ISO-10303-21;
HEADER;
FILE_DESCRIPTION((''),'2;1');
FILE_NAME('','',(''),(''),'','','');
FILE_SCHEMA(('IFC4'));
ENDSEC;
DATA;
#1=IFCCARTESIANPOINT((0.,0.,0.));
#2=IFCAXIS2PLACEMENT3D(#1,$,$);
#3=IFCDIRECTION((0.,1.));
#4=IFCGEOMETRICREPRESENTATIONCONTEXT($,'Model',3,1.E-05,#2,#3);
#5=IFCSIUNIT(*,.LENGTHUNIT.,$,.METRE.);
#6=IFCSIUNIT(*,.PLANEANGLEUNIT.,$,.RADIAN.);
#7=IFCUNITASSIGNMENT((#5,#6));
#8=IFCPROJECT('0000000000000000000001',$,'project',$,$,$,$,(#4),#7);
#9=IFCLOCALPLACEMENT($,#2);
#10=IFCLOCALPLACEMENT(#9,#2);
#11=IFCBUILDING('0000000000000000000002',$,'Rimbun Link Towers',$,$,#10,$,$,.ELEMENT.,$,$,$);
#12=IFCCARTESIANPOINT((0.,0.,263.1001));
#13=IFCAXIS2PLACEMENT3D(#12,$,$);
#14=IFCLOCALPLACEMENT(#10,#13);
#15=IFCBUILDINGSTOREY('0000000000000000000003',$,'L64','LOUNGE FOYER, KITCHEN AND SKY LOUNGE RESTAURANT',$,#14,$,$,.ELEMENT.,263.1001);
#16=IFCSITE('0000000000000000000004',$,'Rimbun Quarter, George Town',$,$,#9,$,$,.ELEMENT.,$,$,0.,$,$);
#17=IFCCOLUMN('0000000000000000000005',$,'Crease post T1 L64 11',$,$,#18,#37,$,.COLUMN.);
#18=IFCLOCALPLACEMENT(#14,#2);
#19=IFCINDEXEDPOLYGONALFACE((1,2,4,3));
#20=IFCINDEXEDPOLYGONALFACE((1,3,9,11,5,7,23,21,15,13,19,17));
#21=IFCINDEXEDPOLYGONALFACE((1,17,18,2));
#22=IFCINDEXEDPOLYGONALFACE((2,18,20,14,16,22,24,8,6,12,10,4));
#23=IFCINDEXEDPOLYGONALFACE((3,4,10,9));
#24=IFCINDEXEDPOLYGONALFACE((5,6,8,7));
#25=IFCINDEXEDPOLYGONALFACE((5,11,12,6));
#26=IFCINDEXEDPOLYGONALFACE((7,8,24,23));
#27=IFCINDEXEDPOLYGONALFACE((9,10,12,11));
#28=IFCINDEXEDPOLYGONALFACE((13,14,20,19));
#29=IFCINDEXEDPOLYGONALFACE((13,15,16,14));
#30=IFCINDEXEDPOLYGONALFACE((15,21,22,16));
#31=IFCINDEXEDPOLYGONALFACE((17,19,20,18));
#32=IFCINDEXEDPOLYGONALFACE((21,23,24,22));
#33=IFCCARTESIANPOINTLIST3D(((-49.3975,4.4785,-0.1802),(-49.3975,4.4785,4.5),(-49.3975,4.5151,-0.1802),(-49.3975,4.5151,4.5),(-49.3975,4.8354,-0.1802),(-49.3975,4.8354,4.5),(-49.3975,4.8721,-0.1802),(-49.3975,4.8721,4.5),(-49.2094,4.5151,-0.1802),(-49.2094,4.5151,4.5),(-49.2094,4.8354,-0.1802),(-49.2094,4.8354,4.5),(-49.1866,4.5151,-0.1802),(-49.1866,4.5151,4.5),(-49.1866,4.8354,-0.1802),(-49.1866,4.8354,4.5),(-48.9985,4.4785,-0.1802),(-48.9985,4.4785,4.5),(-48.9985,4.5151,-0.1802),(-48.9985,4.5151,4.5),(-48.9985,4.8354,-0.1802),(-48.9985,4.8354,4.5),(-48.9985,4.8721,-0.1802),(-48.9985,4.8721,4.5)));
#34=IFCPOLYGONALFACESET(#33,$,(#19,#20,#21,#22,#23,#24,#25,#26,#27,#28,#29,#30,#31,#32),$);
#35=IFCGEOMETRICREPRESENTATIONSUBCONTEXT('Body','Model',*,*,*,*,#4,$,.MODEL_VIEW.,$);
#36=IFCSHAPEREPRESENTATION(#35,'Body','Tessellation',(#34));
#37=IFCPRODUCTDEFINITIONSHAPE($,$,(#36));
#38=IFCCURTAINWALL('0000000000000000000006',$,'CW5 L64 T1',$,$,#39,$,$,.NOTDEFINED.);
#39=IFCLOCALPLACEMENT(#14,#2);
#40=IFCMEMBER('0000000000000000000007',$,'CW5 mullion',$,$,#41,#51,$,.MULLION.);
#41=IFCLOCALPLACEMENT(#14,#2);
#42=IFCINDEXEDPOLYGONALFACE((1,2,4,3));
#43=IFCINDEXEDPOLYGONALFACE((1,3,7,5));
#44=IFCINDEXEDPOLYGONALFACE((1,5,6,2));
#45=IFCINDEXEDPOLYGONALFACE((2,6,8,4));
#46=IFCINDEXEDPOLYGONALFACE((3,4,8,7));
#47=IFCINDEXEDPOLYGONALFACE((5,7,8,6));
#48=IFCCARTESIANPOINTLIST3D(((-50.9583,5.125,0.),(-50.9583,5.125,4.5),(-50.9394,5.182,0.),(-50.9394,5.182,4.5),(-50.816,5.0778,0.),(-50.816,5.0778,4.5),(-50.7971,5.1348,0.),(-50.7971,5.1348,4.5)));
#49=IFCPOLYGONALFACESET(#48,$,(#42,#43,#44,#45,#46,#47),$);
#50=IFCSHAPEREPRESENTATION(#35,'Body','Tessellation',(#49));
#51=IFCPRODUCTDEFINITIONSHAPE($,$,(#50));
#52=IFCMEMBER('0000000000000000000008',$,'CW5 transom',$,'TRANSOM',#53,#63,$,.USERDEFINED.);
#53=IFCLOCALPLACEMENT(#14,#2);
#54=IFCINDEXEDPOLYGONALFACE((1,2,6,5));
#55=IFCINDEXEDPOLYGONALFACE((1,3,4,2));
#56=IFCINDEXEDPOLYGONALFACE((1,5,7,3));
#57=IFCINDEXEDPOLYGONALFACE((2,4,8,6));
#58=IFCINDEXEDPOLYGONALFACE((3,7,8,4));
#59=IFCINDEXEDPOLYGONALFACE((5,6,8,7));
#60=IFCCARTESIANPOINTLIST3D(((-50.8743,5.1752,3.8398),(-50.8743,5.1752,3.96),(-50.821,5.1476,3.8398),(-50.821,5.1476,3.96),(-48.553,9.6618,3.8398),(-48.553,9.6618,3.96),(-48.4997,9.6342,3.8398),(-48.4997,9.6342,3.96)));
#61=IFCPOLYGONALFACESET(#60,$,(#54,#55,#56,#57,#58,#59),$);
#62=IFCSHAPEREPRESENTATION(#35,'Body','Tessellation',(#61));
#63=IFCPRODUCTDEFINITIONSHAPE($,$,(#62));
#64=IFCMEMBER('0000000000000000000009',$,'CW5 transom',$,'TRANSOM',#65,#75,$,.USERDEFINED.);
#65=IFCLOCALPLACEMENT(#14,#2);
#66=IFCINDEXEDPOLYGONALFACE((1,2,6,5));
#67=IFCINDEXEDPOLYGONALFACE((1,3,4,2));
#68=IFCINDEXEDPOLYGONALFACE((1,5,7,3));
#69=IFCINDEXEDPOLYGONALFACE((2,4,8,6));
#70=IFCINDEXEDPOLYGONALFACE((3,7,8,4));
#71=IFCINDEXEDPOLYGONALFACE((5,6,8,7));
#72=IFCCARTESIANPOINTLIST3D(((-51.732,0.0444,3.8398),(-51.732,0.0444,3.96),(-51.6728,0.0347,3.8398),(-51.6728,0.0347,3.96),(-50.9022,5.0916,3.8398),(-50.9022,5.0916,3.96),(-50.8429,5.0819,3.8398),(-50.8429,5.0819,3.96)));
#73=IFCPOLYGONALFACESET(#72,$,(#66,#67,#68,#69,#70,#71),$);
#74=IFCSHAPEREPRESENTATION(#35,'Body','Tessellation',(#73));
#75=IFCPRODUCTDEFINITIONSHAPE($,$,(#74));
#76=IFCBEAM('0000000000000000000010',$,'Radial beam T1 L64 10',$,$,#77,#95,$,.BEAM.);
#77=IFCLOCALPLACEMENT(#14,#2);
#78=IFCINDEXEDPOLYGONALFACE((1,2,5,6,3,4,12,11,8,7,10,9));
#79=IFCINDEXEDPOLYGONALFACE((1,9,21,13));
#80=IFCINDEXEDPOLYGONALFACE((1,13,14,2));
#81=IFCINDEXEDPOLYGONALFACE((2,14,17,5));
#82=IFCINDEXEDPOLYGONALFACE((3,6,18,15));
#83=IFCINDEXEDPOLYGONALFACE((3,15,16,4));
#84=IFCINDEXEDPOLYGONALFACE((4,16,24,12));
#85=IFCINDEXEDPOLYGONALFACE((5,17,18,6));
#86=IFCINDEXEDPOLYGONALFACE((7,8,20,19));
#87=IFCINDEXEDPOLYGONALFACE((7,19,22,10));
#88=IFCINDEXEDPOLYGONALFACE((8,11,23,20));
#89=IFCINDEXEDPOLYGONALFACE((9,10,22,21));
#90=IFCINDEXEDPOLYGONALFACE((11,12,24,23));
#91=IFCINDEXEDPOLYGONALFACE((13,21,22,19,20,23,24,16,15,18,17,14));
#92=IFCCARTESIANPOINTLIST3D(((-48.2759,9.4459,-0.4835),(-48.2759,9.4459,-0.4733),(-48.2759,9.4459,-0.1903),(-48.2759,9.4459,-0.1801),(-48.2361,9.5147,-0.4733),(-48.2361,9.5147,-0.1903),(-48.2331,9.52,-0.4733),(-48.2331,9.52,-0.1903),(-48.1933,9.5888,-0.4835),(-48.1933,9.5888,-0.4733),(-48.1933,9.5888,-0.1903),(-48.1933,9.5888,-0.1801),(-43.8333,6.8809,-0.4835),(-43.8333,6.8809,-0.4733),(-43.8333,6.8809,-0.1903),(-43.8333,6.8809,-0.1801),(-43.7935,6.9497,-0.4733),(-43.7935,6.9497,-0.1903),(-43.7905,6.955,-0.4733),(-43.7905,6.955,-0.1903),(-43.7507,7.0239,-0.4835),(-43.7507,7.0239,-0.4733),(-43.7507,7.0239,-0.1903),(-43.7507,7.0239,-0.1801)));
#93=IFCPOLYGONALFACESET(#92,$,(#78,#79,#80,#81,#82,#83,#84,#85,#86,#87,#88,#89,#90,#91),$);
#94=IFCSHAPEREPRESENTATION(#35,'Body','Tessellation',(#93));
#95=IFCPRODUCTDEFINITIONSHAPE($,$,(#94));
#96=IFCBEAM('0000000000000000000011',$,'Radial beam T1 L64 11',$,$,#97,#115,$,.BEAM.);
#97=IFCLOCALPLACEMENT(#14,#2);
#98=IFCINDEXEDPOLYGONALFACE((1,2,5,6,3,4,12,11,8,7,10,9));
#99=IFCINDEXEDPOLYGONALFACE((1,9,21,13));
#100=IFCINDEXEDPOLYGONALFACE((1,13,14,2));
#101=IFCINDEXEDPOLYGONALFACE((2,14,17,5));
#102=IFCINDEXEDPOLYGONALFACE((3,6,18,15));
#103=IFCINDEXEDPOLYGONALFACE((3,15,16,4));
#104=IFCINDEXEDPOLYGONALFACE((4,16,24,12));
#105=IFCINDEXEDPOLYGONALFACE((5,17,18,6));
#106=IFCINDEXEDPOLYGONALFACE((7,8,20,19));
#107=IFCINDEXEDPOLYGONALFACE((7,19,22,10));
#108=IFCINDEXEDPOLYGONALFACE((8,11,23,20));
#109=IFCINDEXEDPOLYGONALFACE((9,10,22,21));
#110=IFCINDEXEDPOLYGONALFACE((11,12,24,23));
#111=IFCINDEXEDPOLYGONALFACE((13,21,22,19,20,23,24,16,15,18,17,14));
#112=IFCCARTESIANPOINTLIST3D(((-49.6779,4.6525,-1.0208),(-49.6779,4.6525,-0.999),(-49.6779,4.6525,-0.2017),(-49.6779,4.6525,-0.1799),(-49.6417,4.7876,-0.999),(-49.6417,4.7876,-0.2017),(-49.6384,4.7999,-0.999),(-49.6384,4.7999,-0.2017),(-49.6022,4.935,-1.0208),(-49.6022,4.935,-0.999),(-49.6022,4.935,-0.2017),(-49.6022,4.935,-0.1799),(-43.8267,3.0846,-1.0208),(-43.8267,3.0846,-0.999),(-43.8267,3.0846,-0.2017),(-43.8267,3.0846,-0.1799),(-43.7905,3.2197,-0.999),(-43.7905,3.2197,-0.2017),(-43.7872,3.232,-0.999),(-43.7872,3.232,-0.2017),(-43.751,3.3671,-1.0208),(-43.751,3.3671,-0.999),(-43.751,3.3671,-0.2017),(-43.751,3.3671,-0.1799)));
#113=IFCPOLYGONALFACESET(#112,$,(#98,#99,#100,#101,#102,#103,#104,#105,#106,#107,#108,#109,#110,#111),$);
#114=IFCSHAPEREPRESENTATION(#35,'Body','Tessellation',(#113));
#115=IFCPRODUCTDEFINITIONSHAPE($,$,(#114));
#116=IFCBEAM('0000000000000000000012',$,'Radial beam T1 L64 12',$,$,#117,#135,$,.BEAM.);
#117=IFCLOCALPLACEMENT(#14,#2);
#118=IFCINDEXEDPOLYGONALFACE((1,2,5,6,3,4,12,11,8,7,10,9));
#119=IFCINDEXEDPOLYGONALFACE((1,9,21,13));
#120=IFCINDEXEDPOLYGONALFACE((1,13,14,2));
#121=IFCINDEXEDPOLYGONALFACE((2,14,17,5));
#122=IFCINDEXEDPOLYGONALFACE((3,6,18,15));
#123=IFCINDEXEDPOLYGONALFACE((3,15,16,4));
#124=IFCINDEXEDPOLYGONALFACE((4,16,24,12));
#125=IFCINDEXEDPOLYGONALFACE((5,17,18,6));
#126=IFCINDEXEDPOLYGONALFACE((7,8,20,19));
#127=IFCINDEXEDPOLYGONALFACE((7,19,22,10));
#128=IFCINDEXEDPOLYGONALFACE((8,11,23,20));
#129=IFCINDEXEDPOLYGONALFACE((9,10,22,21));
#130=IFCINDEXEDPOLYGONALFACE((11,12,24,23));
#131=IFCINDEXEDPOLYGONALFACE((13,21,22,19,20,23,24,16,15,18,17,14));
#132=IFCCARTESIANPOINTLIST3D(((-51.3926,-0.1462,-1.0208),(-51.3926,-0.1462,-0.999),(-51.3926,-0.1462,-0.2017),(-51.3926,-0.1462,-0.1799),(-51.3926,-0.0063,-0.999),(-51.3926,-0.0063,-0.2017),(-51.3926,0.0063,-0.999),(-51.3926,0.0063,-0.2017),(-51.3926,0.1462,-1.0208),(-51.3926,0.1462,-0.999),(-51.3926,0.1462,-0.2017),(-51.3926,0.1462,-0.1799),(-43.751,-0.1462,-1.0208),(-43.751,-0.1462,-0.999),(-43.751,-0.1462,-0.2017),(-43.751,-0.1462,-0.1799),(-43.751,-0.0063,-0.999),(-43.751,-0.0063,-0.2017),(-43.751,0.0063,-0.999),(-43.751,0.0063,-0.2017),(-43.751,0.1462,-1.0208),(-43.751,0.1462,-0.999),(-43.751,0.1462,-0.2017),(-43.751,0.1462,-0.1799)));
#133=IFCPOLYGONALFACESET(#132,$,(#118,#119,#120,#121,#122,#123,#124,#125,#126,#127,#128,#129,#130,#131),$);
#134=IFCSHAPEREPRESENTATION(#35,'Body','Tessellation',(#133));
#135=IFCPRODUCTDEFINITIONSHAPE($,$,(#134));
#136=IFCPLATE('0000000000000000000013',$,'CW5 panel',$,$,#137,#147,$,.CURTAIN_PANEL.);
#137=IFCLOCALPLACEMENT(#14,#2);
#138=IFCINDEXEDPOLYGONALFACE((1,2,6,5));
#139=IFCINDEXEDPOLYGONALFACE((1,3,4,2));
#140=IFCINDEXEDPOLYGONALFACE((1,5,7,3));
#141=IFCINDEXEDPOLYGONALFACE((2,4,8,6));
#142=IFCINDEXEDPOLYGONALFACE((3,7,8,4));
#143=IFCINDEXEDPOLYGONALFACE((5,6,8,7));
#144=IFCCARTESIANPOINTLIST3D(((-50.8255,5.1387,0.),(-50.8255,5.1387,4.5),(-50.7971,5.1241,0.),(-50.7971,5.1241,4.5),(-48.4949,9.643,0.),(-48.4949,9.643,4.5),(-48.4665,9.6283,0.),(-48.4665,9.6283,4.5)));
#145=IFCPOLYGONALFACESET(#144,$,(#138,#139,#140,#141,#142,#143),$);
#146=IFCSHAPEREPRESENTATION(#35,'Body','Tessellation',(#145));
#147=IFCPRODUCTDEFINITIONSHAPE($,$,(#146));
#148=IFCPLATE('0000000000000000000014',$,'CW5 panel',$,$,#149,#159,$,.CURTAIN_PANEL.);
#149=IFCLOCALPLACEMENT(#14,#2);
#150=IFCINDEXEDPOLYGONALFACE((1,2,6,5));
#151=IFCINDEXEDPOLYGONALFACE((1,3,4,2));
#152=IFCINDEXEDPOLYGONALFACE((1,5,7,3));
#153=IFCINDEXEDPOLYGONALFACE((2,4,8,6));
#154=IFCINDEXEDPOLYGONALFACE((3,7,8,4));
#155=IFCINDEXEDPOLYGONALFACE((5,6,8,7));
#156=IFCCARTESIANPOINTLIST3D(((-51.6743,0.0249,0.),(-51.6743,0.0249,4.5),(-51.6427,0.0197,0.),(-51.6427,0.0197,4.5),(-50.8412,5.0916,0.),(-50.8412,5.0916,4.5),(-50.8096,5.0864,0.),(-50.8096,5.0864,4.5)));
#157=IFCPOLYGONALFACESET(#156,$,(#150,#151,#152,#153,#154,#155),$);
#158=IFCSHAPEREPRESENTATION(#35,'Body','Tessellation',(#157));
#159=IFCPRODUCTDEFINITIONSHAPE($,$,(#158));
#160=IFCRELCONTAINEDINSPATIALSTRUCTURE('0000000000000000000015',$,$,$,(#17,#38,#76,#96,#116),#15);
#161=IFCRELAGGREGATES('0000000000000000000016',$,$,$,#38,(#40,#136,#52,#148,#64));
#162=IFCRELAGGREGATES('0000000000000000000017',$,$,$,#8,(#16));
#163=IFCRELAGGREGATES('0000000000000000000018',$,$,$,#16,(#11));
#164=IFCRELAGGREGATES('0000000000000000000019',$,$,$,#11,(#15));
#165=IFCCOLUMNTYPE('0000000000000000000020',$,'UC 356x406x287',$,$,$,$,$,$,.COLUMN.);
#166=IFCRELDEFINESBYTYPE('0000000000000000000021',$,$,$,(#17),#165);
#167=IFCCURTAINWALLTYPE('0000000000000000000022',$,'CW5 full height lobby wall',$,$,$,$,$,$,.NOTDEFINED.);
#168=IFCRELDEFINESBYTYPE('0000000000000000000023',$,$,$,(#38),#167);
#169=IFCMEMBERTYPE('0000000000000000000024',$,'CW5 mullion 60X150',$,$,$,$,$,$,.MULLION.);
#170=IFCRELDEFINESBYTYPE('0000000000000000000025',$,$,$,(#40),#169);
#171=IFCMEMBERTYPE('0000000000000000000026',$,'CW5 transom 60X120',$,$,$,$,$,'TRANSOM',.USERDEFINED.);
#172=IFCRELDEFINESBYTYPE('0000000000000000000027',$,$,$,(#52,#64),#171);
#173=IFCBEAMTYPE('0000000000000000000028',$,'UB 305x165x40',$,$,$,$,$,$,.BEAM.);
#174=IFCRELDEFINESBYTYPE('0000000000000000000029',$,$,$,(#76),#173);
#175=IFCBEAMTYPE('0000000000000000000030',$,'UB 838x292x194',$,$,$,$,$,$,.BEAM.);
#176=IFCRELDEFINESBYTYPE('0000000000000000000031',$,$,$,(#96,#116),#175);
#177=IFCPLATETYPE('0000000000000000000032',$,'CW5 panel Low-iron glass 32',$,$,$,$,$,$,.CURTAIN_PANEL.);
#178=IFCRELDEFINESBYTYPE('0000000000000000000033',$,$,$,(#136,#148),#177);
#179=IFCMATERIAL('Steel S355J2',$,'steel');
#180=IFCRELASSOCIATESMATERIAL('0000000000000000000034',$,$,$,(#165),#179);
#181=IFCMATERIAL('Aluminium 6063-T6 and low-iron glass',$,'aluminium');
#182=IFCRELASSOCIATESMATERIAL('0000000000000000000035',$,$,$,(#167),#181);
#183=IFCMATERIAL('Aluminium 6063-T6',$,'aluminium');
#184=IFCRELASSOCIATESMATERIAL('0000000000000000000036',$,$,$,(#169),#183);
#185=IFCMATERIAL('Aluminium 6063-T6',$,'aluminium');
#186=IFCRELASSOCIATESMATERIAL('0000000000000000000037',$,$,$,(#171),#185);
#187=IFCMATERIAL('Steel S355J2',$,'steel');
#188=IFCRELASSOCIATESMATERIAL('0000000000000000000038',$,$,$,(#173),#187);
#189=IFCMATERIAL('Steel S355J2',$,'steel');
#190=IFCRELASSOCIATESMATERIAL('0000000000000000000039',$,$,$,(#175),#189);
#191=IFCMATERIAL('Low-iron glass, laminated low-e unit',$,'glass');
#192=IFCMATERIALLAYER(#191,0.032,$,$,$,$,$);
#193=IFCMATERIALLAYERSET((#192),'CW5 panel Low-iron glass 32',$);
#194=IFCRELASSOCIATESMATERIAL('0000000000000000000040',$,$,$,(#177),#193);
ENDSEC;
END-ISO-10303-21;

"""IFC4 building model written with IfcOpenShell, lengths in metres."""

from ifc_helpers import new_model, si_unit, direction, frame, origin, origin_2d, place, context, subcontext, project, spatial, rectangle, i_section, extrude, material, layer, layer_set, material_profile, profile_set, type_object, element, aggregate, save


model = new_model("IFC4")

# Units and contexts
model_context = context("Model", 3, precision=1e-05, world=origin(), true_north=direction((0.0, 1.0)))
body_context = subcontext(model_context, "Body", "Model", "MODEL_VIEW")
ifc_project = project(units=[si_unit("LENGTHUNIT", "METRE"), si_unit("PLANEANGLEUNIT", "RADIAN")], contexts=[model_context])

# Site, building, storey
site_placement = place(None, origin())
site = spatial("IfcSite", under=ifc_project, at=site_placement, Name="Rimbun Quarter, George Town", CompositionType="ELEMENT", RefElevation=0.0)
building_placement = place(site_placement, origin())
building = spatial("IfcBuilding", under=site, at=building_placement, Name="Rimbun Link Towers", CompositionType="ELEMENT")
storey_placement = place(building_placement, frame((0.0, 0.0, 263.1001)))
storey = spatial("IfcBuildingStorey", under=building, at=storey_placement, Name="L64", Description="LOUNGE FOYER, KITCHEN AND SKY LOUNGE RESTAURANT", CompositionType="ELEMENT", Elevation=263.1001)

# Column
ifc_material_1 = material(Name="Steel S355J2", Category="steel")
ifc_material_profile_1 = material_profile(ifc_material_1, i_section(OverallWidth=0.3989, OverallDepth=0.3936, WebThickness=0.0227, FlangeThickness=0.0366, at=origin_2d()), Name="UC 356x406x287")
ifc_profile_set_1 = profile_set([ifc_material_profile_1], Name="Steel S355J2")
column_type = type_object("IfcColumnType", Name="UC 356x406x287", PredefinedType="COLUMN", material=ifc_profile_set_1)
column_placement = place(storey_placement, frame((-49.198, 4.6753, -0.1802), z_axis=(0.0, 0.0, 1.0), x_axis=(1.0, 0.0, 0.0)))
element("IfcColumn", 1, at=column_placement, inside=storey, type_object=column_type, Name="Crease post T1 L64 11", PredefinedType="COLUMN", context=body_context, shape_type="SweptSolid", body=[
    extrude(i_section(OverallWidth=0.3989, OverallDepth=0.3936, WebThickness=0.0227, FlangeThickness=0.0366, at=origin_2d()), origin(), (0.0, 0.0, 1.0), 4.6802),
])

# Curtain wall, members
ifc_material_2 = material(Name="Aluminium 6063-T6 and low-iron glass", Category="aluminium")
curtain_wall_type = type_object("IfcCurtainWallType", Name="CW5 full height lobby wall", PredefinedType="NOTDEFINED", material=ifc_material_2)
curtain_wall_placement = place(storey_placement, origin())
curtain_wall = element("IfcCurtainWall", 2, at=curtain_wall_placement, inside=storey, type_object=curtain_wall_type, Name="CW5 L64 T1", PredefinedType="NOTDEFINED")
ifc_material_3 = material(Name="Aluminium 6063-T6", Category="aluminium")
ifc_material_profile_2 = material_profile(ifc_material_3, rectangle(XDim=0.1499, YDim=0.0601, at=origin_2d()), Name="MULLION 60X150")
ifc_profile_set_2 = profile_set([ifc_material_profile_2], Name="Aluminium 6063-T6")
member_type_1 = type_object("IfcMemberType", Name="CW5 mullion 60X150", PredefinedType="MULLION", material=ifc_profile_set_2)
member_1_placement = place(storey_placement, frame((-50.8777, 5.1299, 0.0), z_axis=(0.0, 0.0, 1.0), x_axis=(-0.949163, 0.314784, 0.0)))
member_1 = element("IfcMember", 3, at=member_1_placement, type_object=member_type_1, Name="CW5 mullion", PredefinedType="MULLION", context=body_context, shape_type="SweptSolid", body=[
    extrude(rectangle(XDim=0.1499, YDim=0.0601, at=origin_2d()), origin(), (0.0, 0.0, 1.0), 4.5),
])
ifc_material_4 = material(Name="Aluminium 6063-T6", Category="aluminium")
ifc_material_profile_3 = material_profile(ifc_material_4, rectangle(XDim=0.0601, YDim=0.1201, at=origin_2d()), Name="TRANSOM 60X120")
ifc_profile_set_3 = profile_set([ifc_material_profile_3], Name="Aluminium 6063-T6")
member_type_2 = type_object("IfcMemberType", Name="CW5 transom 60X120", ElementType="TRANSOM", PredefinedType="USERDEFINED", material=ifc_profile_set_3)
member_2_placement = place(storey_placement, frame((-50.8477, 5.1614, 3.8999), z_axis=(0.459524, 0.888165, 0.0), x_axis=(-0.888165, 0.459524, 0.0)))
member_2 = element("IfcMember", 4, at=member_2_placement, type_object=member_type_2, Name="CW5 transom", ObjectType="TRANSOM", PredefinedType="USERDEFINED", context=body_context, shape_type="SweptSolid", body=[
    extrude(rectangle(XDim=0.0601, YDim=0.1201, at=origin_2d()), origin(), (0.0, 0.0, 1.0), 5.0515),
])
member_3_placement = place(storey_placement, frame((-51.7024, 0.0396, 3.8999), z_axis=(0.162239, 0.986751, 0.0), x_axis=(-0.986751, 0.162239, 0.0)))
member_3 = element("IfcMember", 5, at=member_3_placement, type_object=member_type_2, Name="CW5 transom", ObjectType="TRANSOM", PredefinedType="USERDEFINED", context=body_context, shape_type="SweptSolid", body=[
    extrude(rectangle(XDim=0.0601, YDim=0.1201, at=origin_2d()), origin(), (0.0, 0.0, 1.0), 5.115),
])

# Beams
ifc_material_5 = material(Name="Steel S355J2", Category="steel")
ifc_material_profile_4 = material_profile(ifc_material_5, i_section(OverallWidth=0.165, OverallDepth=0.3035, WebThickness=0.0061, FlangeThickness=0.0103, at=origin_2d()), Name="UB 305x165x40")
ifc_profile_set_4 = profile_set([ifc_material_profile_4], Name="Steel S355J2")
beam_type_1 = type_object("IfcBeamType", Name="UB 305x165x40", PredefinedType="BEAM", material=ifc_profile_set_4)
beam_1_placement = place(storey_placement, frame((-43.792, 6.9524, -0.3318), z_axis=(-0.866026, 0.499998, 0.0), x_axis=(-0.499998, -0.866026, 0.0)))
element("IfcBeam", 6, at=beam_1_placement, inside=storey, type_object=beam_type_1, Name="Radial beam T1 L64 10", PredefinedType="BEAM", context=body_context, shape_type="SweptSolid", body=[
    extrude(i_section(OverallWidth=0.165, OverallDepth=0.3035, WebThickness=0.0061, FlangeThickness=0.0103, at=origin_2d()), origin(), (0.0, 0.0, 1.0), 5.1299),
])
ifc_material_6 = material(Name="Steel S355J2", Category="steel")
ifc_material_profile_5 = material_profile(ifc_material_6, i_section(OverallWidth=0.2925, OverallDepth=0.8408, WebThickness=0.0127, FlangeThickness=0.0217, at=origin_2d()), Name="UB 838x292x194")
ifc_profile_set_5 = profile_set([ifc_material_profile_5], Name="Steel S355J2")
beam_type_2 = type_object("IfcBeamType", Name="UB 838x292x194", PredefinedType="BEAM", material=ifc_profile_set_5)
beam_2_placement = place(storey_placement, frame((-43.7888, 3.2258, -0.6003), z_axis=(-0.965923, 0.258831, 0.0), x_axis=(-0.258831, -0.965923, 0.0)))
element("IfcBeam", 7, at=beam_2_placement, inside=storey, type_object=beam_type_2, Name="Radial beam T1 L64 11", PredefinedType="BEAM", context=body_context, shape_type="SweptSolid", body=[
    extrude(i_section(OverallWidth=0.2925, OverallDepth=0.8408, WebThickness=0.0127, FlangeThickness=0.0217, at=origin_2d()), origin(), (0.0, 0.0, 1.0), 6.0576),
])
beam_3_placement = place(storey_placement, frame((-43.751, 0.0, -0.6003), z_axis=(-1.0, 0.0, 0.0), x_axis=(0.0, -1.0, 0.0)))
element("IfcBeam", 8, at=beam_3_placement, inside=storey, type_object=beam_type_2, Name="Radial beam T1 L64 12", PredefinedType="BEAM", context=body_context, shape_type="SweptSolid", body=[
    extrude(i_section(OverallWidth=0.2925, OverallDepth=0.8408, WebThickness=0.0127, FlangeThickness=0.0217, at=origin_2d()), origin(), (0.0, 0.0, 1.0), 7.6416),
])

# Plates
ifc_material_7 = material(Name="Low-iron glass, laminated low-e unit", Category="glass")
ifc_layer_1 = layer(ifc_material_7, 0.032)
ifc_layer_set_1 = layer_set([ifc_layer_1], Name="CW5 panel Low-iron glass 32")
plate_type = type_object("IfcPlateType", Name="CW5 panel Low-iron glass 32", PredefinedType="CURTAIN_PANEL", material=ifc_layer_set_1)
plate_1_placement = place(storey_placement, frame((-49.646, 7.3835, 0.0), z_axis=(0.0, 0.0, 1.0), x_axis=(0.459551, 0.888152, 0.0)))
plate_1 = element("IfcPlate", 9, at=plate_1_placement, type_object=plate_type, Name="CW5 panel", PredefinedType="CURTAIN_PANEL", context=body_context, shape_type="SweptSolid", body=[
    extrude(rectangle(XDim=5.0715, YDim=0.032, at=origin_2d()), origin(), (0.0, 0.0, 1.0), 4.5),
])
plate_2_placement = place(storey_placement, frame((-51.2419, 2.5557, 0.0), z_axis=(0.0, 0.0, 1.0), x_axis=(0.162249, 0.98675, 0.0)))
plate_2 = element("IfcPlate", 10, at=plate_2_placement, type_object=plate_type, Name="CW5 panel", PredefinedType="CURTAIN_PANEL", context=body_context, shape_type="SweptSolid", body=[
    extrude(rectangle(XDim=5.1348, YDim=0.032, at=origin_2d()), origin(), (0.0, 0.0, 1.0), 4.5),
])
aggregate(curtain_wall, [member_1, plate_1, member_2, plate_2, member_3])

save(model, "model.ifc")
